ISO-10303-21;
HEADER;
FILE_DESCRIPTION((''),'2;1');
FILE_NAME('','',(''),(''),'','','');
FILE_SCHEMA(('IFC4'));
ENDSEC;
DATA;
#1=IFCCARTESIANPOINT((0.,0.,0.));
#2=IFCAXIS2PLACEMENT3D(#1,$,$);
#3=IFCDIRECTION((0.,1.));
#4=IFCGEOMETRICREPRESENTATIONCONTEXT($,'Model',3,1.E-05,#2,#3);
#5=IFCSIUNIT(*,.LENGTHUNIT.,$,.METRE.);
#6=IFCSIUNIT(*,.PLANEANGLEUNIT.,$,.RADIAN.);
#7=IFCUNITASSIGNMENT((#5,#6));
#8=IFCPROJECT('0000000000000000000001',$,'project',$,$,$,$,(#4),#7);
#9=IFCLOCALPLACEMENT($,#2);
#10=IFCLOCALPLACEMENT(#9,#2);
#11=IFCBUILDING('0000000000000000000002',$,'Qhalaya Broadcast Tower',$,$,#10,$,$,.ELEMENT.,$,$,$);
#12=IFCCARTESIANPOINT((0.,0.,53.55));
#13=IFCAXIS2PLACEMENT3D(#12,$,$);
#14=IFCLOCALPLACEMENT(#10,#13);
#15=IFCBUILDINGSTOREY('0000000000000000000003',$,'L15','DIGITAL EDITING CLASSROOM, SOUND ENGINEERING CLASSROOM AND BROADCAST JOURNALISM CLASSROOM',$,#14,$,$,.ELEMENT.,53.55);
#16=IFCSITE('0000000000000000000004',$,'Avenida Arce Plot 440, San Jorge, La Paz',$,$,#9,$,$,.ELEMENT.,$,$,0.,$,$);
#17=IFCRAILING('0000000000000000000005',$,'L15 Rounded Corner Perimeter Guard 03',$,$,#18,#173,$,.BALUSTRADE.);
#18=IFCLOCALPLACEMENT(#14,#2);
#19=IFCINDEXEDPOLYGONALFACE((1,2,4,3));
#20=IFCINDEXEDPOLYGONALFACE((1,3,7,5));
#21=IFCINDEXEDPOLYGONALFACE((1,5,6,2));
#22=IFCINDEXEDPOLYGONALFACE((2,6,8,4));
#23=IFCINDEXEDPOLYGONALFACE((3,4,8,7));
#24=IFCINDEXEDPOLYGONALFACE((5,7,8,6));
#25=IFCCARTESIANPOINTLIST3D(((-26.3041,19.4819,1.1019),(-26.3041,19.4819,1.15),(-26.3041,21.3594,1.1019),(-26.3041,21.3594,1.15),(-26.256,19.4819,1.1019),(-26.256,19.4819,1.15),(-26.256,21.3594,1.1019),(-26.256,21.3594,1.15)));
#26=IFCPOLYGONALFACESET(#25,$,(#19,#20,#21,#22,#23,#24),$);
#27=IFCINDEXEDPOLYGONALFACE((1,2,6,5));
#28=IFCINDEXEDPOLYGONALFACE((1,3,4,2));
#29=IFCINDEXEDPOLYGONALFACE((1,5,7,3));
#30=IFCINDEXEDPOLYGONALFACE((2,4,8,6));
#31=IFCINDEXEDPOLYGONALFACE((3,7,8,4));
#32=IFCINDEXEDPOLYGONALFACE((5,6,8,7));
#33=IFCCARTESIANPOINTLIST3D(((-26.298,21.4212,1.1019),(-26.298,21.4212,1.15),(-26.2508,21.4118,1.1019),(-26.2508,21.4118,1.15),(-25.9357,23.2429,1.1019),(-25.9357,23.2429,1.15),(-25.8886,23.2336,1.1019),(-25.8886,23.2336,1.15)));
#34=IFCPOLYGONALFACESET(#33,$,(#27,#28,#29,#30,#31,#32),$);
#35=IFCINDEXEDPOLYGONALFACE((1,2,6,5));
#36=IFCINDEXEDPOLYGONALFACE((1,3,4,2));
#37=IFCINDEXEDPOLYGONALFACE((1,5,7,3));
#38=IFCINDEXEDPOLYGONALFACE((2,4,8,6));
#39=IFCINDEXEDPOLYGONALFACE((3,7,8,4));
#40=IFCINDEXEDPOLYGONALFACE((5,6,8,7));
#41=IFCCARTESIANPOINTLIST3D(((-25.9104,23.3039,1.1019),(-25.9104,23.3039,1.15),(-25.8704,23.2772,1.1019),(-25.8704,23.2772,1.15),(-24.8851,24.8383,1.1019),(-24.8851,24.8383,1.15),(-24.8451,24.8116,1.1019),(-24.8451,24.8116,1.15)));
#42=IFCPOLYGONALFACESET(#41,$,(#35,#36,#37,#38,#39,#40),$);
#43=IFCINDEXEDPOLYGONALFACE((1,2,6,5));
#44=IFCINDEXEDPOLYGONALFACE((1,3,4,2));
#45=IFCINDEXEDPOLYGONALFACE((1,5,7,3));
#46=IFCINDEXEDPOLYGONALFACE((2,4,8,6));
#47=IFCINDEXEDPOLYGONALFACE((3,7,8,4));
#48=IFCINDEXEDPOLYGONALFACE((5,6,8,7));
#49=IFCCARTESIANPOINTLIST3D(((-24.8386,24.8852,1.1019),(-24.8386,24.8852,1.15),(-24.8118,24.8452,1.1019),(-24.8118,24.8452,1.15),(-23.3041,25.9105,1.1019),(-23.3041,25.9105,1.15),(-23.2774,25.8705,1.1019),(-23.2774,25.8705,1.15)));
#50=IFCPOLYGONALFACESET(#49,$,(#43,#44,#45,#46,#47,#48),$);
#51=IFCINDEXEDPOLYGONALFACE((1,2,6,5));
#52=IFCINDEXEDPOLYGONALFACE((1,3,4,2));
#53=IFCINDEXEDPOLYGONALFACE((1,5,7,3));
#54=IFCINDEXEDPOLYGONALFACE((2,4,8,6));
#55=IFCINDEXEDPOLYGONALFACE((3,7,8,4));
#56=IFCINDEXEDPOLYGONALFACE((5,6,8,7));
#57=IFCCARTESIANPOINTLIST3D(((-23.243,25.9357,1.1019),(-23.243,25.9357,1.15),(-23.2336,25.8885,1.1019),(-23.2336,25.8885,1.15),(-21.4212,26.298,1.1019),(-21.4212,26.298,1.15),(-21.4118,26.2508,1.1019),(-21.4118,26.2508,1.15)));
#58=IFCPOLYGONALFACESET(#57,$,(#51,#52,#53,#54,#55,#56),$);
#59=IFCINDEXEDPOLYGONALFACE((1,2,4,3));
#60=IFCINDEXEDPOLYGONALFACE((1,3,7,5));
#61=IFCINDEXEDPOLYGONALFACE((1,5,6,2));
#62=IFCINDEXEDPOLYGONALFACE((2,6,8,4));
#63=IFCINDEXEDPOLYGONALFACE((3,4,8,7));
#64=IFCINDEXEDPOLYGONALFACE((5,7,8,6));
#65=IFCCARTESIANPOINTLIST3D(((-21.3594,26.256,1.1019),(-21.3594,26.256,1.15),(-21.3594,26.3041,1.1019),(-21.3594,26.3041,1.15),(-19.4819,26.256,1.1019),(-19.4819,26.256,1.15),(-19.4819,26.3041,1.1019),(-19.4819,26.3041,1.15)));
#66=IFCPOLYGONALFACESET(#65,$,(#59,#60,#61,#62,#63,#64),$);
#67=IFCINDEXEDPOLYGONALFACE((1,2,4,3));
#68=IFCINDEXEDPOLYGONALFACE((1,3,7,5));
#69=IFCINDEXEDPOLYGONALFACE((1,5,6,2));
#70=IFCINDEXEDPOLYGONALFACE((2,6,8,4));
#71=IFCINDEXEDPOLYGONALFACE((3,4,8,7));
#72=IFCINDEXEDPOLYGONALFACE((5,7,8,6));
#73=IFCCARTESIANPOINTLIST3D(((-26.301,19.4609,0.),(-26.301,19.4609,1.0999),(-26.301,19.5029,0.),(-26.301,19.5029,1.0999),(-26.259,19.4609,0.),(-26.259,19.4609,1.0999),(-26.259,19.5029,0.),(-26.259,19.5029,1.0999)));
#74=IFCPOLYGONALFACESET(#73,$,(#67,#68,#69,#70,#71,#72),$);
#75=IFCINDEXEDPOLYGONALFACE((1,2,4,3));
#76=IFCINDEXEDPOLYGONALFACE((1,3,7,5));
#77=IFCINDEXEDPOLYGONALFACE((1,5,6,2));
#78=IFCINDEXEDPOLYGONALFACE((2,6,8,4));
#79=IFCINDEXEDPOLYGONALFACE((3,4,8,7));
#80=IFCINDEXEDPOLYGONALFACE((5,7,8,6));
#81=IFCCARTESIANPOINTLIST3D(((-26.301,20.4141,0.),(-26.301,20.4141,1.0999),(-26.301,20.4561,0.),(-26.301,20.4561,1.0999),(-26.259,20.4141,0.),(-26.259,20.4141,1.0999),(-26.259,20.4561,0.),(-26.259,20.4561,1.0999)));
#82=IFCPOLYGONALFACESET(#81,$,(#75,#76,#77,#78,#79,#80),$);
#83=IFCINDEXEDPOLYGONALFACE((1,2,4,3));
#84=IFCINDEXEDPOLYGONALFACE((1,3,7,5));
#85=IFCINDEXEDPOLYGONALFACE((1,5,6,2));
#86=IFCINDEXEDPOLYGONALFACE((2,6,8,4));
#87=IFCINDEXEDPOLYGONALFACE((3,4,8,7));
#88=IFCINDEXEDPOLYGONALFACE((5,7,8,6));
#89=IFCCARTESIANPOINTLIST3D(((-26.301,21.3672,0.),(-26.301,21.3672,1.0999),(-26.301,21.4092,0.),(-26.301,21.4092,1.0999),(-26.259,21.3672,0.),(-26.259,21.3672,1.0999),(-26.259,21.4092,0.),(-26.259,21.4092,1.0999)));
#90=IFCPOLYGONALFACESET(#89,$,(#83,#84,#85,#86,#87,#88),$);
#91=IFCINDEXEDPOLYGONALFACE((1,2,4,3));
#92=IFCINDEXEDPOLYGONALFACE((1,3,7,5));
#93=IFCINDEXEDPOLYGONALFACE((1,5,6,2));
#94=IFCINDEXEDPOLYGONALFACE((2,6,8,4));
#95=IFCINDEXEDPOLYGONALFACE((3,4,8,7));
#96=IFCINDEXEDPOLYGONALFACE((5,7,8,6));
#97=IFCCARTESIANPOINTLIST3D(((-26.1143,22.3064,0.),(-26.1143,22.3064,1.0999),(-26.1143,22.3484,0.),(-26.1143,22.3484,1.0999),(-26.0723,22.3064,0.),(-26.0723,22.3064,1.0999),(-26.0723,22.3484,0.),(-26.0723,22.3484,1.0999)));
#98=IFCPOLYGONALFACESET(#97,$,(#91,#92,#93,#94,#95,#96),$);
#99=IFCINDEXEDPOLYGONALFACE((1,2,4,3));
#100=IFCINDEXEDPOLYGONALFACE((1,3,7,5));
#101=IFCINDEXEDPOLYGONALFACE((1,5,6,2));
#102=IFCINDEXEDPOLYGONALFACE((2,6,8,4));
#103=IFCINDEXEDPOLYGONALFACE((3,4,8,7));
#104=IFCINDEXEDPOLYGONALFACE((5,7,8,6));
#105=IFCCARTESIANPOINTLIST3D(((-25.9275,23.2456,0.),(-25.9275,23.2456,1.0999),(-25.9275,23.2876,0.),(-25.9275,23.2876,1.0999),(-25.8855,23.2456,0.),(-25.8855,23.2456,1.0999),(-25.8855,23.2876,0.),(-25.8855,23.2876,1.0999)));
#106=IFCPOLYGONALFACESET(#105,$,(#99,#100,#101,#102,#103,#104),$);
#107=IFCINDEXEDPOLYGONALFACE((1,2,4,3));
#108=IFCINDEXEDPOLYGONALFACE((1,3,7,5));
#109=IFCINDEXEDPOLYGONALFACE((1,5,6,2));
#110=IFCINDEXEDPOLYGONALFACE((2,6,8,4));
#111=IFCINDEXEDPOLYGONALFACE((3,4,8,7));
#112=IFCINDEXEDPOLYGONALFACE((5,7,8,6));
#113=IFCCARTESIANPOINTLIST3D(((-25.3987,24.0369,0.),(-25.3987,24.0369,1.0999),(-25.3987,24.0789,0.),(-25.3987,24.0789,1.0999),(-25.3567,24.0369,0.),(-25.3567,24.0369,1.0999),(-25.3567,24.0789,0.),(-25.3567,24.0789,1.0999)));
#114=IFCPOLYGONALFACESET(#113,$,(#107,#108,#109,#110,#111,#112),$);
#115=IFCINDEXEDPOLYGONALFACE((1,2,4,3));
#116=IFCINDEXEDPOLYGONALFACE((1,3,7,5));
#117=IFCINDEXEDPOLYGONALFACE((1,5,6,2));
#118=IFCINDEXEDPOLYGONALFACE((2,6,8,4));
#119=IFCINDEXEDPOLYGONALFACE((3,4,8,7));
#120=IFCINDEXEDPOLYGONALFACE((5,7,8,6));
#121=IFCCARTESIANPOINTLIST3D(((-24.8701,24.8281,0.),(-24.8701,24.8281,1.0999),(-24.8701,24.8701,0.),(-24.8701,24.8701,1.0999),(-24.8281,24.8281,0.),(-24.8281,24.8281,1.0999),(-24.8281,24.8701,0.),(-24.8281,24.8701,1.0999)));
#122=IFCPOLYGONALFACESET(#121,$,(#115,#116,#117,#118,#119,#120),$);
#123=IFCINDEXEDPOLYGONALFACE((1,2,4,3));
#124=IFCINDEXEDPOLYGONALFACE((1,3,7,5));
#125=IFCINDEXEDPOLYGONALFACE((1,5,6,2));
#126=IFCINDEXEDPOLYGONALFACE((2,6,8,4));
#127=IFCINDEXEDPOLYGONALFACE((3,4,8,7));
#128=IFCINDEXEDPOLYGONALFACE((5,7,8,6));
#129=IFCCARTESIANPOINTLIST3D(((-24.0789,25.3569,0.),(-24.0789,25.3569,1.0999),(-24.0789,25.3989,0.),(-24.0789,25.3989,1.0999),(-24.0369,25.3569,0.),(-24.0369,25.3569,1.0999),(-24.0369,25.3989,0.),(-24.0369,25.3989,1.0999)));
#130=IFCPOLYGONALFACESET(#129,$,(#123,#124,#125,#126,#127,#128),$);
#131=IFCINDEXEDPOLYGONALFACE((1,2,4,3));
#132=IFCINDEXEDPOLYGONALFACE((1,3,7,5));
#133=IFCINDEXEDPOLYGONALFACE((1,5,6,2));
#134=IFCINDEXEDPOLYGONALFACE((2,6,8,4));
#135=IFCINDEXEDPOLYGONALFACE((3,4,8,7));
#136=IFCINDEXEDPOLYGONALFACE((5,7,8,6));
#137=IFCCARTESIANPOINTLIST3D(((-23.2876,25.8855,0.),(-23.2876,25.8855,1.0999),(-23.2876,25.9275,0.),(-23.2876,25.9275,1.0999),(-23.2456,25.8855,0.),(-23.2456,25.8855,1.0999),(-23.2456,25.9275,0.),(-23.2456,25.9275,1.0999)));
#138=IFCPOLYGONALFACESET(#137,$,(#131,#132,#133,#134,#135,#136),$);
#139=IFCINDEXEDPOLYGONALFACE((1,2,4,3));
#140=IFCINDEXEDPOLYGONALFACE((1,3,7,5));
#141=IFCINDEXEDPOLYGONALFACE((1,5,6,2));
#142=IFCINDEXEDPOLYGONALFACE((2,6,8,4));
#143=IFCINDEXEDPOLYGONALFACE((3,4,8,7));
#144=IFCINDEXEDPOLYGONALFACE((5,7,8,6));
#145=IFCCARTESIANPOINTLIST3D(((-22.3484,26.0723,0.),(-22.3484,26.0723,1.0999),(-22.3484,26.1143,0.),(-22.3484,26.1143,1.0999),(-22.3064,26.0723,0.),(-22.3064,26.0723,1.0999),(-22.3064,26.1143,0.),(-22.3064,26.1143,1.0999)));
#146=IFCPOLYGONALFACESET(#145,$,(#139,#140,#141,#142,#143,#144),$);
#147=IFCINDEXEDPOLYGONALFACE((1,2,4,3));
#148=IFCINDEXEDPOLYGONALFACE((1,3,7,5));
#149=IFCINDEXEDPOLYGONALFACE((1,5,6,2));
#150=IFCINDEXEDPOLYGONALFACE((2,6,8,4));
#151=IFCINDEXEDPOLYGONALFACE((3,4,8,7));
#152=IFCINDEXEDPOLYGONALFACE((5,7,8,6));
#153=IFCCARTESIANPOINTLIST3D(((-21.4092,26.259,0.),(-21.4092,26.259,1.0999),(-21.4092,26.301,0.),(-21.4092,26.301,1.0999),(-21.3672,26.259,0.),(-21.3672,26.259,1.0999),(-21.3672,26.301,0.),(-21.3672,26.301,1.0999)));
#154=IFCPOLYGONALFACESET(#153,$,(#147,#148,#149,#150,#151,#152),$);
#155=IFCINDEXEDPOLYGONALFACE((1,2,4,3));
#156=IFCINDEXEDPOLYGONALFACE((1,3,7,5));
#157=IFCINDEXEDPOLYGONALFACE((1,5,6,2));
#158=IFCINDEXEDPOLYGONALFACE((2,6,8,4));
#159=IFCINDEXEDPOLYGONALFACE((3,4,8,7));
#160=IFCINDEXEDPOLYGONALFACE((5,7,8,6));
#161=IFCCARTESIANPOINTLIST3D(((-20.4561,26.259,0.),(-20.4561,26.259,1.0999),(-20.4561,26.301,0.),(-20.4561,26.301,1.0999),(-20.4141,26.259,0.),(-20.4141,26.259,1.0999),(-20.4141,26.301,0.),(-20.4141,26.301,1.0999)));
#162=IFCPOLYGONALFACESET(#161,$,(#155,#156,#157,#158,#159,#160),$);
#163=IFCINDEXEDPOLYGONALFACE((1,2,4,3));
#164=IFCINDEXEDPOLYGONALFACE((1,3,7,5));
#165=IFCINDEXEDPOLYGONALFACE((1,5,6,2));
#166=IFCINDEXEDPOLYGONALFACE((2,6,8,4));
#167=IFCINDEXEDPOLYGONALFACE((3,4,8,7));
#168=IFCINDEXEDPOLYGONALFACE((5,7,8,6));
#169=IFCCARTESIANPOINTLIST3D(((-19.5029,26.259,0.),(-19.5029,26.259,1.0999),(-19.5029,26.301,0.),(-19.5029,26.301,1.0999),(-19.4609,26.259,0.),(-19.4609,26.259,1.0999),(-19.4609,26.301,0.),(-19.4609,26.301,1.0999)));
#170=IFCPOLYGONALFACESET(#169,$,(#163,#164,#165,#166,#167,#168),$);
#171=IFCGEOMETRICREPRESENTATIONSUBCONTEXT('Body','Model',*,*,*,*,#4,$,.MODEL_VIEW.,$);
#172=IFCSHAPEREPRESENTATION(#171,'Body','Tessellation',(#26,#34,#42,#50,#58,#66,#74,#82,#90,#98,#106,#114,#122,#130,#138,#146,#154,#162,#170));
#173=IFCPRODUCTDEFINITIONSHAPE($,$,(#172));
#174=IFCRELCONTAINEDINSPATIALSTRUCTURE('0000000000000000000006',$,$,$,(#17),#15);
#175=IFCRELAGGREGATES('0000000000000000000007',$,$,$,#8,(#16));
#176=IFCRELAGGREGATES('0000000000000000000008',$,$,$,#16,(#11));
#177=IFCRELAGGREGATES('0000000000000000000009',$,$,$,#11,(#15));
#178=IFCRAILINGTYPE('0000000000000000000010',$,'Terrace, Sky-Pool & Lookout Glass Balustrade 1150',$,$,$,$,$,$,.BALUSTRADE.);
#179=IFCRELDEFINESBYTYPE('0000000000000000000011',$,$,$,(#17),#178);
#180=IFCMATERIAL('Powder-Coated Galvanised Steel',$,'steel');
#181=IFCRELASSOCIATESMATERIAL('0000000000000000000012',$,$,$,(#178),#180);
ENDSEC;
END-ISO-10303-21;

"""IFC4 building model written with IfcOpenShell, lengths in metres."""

from ifc_helpers import new_model, si_unit, direction, frame, origin, origin_2d, place, context, subcontext, project, spatial, rectangle, extrude, material, type_object, element, save


model = new_model("IFC4")

# Units and contexts
model_context = context("Model", 3, precision=1e-05, world=origin(), true_north=direction((0.0, 1.0)))
body_context = subcontext(model_context, "Body", "Model", "MODEL_VIEW")
ifc_project = project(units=[si_unit("LENGTHUNIT", "METRE"), si_unit("PLANEANGLEUNIT", "RADIAN")], contexts=[model_context])

# Site, building, storey
site_placement = place(None, origin())
site = spatial("IfcSite", under=ifc_project, at=site_placement, Name="Avenida Arce Plot 440, San Jorge, La Paz", CompositionType="ELEMENT", RefElevation=0.0)
building_placement = place(site_placement, origin())
building = spatial("IfcBuilding", under=site, at=building_placement, Name="Qhalaya Broadcast Tower", CompositionType="ELEMENT")
storey_placement = place(building_placement, frame((0.0, 0.0, 53.55)))
storey = spatial("IfcBuildingStorey", under=building, at=storey_placement, Name="L15", Description="DIGITAL EDITING CLASSROOM, SOUND ENGINEERING CLASSROOM AND BROADCAST JOURNALISM CLASSROOM", CompositionType="ELEMENT", Elevation=53.55)

# Railing
ifc_material_1 = material(Name="Powder-Coated Galvanised Steel", Category="steel")
railing_type = type_object("IfcRailingType", Name="Terrace, Sky-Pool & Lookout Glass Balustrade 1150", PredefinedType="BALUSTRADE", material=ifc_material_1)
railing_placement = place(storey_placement, frame((-26.28, 19.4819, 0.0)))
element("IfcRailing", 1, at=railing_placement, inside=storey, type_object=railing_type, Name="L15 Rounded Corner Perimeter Guard 03", PredefinedType="BALUSTRADE", context=body_context, shape_type="SweptSolid", body=[
    extrude(rectangle(XDim=0.0481, YDim=0.0481, at=origin_2d()), frame((0.0, 0.0, 1.126), z_axis=(0.0, 1.0, 0.0), x_axis=(-1.0, 0.0, 0.0)), (0.0, 0.0, 1.0), 1.8774),
    extrude(rectangle(XDim=0.0481, YDim=0.0481, at=origin_2d()), frame((0.0056, 1.9346, 1.126), z_axis=(0.195037, 0.980796, 0.0), x_axis=(-0.980796, 0.195037, 0.0)), (0.0, 0.0, 1.0), 1.8574),
    extrude(rectangle(XDim=0.0481, YDim=0.0481, at=origin_2d()), frame((0.3896, 3.8086, 1.126), z_axis=(0.555558, 0.831478, 0.0), x_axis=(-0.831478, 0.555558, 0.0)), (0.0, 0.0, 1.0), 1.8455),
    extrude(rectangle(XDim=0.0481, YDim=0.0481, at=origin_2d()), frame((1.4548, 5.3833, 1.126), z_axis=(0.831478, 0.555558, 0.0), x_axis=(-0.555558, 0.831478, 0.0)), (0.0, 0.0, 1.0), 1.8455),
    extrude(rectangle(XDim=0.0481, YDim=0.0481, at=origin_2d()), frame((3.0417, 6.4302, 1.126), z_axis=(0.980796, 0.195037, 0.0), x_axis=(-0.195037, 0.980796, 0.0)), (0.0, 0.0, 1.0), 1.8574),
    extrude(rectangle(XDim=0.0481, YDim=0.0481, at=origin_2d()), frame((4.9207, 6.7981, 1.126), z_axis=(1.0, 0.0, 0.0), x_axis=(0.0, 1.0, 0.0)), (0.0, 0.0, 1.0), 1.8774),
    extrude(rectangle(XDim=0.042, YDim=0.042, at=origin_2d()), origin(), (0.0, 0.0, 1.0), 1.0999),
    extrude(rectangle(XDim=0.042, YDim=0.042, at=origin_2d()), frame((0.0, 0.9531, 0.0)), (0.0, 0.0, 1.0), 1.0999),
    extrude(rectangle(XDim=0.042, YDim=0.042, at=origin_2d()), frame((0.0, 1.9062, 0.0)), (0.0, 0.0, 1.0), 1.0999),
    extrude(rectangle(XDim=0.042, YDim=0.042, at=origin_2d()), frame((0.1868, 2.8455, 0.0)), (0.0, 0.0, 1.0), 1.0999),
    extrude(rectangle(XDim=0.042, YDim=0.042, at=origin_2d()), frame((0.3735, 3.7847, 0.0)), (0.0, 0.0, 1.0), 1.0999),
    extrude(rectangle(XDim=0.042, YDim=0.042, at=origin_2d()), frame((0.9023, 4.5759, 0.0)), (0.0, 0.0, 1.0), 1.0999),
    extrude(rectangle(XDim=0.042, YDim=0.042, at=origin_2d()), frame((1.4309, 5.3672, 0.0)), (0.0, 0.0, 1.0), 1.0999),
    extrude(rectangle(XDim=0.042, YDim=0.042, at=origin_2d()), frame((2.2222, 5.896, 0.0)), (0.0, 0.0, 1.0), 1.0999),
    extrude(rectangle(XDim=0.042, YDim=0.042, at=origin_2d()), frame((3.0134, 6.4246, 0.0)), (0.0, 0.0, 1.0), 1.0999),
    extrude(rectangle(XDim=0.042, YDim=0.042, at=origin_2d()), frame((3.9526, 6.6113, 0.0)), (0.0, 0.0, 1.0), 1.0999),
    extrude(rectangle(XDim=0.042, YDim=0.042, at=origin_2d()), frame((4.8918, 6.7981, 0.0)), (0.0, 0.0, 1.0), 1.0999),
    extrude(rectangle(XDim=0.042, YDim=0.042, at=origin_2d()), frame((5.845, 6.7981, 0.0)), (0.0, 0.0, 1.0), 1.0999),
    extrude(rectangle(XDim=0.042, YDim=0.042, at=origin_2d()), frame((6.7981, 6.7981, 0.0)), (0.0, 0.0, 1.0), 1.0999),
])

save(model, "model.ifc")
